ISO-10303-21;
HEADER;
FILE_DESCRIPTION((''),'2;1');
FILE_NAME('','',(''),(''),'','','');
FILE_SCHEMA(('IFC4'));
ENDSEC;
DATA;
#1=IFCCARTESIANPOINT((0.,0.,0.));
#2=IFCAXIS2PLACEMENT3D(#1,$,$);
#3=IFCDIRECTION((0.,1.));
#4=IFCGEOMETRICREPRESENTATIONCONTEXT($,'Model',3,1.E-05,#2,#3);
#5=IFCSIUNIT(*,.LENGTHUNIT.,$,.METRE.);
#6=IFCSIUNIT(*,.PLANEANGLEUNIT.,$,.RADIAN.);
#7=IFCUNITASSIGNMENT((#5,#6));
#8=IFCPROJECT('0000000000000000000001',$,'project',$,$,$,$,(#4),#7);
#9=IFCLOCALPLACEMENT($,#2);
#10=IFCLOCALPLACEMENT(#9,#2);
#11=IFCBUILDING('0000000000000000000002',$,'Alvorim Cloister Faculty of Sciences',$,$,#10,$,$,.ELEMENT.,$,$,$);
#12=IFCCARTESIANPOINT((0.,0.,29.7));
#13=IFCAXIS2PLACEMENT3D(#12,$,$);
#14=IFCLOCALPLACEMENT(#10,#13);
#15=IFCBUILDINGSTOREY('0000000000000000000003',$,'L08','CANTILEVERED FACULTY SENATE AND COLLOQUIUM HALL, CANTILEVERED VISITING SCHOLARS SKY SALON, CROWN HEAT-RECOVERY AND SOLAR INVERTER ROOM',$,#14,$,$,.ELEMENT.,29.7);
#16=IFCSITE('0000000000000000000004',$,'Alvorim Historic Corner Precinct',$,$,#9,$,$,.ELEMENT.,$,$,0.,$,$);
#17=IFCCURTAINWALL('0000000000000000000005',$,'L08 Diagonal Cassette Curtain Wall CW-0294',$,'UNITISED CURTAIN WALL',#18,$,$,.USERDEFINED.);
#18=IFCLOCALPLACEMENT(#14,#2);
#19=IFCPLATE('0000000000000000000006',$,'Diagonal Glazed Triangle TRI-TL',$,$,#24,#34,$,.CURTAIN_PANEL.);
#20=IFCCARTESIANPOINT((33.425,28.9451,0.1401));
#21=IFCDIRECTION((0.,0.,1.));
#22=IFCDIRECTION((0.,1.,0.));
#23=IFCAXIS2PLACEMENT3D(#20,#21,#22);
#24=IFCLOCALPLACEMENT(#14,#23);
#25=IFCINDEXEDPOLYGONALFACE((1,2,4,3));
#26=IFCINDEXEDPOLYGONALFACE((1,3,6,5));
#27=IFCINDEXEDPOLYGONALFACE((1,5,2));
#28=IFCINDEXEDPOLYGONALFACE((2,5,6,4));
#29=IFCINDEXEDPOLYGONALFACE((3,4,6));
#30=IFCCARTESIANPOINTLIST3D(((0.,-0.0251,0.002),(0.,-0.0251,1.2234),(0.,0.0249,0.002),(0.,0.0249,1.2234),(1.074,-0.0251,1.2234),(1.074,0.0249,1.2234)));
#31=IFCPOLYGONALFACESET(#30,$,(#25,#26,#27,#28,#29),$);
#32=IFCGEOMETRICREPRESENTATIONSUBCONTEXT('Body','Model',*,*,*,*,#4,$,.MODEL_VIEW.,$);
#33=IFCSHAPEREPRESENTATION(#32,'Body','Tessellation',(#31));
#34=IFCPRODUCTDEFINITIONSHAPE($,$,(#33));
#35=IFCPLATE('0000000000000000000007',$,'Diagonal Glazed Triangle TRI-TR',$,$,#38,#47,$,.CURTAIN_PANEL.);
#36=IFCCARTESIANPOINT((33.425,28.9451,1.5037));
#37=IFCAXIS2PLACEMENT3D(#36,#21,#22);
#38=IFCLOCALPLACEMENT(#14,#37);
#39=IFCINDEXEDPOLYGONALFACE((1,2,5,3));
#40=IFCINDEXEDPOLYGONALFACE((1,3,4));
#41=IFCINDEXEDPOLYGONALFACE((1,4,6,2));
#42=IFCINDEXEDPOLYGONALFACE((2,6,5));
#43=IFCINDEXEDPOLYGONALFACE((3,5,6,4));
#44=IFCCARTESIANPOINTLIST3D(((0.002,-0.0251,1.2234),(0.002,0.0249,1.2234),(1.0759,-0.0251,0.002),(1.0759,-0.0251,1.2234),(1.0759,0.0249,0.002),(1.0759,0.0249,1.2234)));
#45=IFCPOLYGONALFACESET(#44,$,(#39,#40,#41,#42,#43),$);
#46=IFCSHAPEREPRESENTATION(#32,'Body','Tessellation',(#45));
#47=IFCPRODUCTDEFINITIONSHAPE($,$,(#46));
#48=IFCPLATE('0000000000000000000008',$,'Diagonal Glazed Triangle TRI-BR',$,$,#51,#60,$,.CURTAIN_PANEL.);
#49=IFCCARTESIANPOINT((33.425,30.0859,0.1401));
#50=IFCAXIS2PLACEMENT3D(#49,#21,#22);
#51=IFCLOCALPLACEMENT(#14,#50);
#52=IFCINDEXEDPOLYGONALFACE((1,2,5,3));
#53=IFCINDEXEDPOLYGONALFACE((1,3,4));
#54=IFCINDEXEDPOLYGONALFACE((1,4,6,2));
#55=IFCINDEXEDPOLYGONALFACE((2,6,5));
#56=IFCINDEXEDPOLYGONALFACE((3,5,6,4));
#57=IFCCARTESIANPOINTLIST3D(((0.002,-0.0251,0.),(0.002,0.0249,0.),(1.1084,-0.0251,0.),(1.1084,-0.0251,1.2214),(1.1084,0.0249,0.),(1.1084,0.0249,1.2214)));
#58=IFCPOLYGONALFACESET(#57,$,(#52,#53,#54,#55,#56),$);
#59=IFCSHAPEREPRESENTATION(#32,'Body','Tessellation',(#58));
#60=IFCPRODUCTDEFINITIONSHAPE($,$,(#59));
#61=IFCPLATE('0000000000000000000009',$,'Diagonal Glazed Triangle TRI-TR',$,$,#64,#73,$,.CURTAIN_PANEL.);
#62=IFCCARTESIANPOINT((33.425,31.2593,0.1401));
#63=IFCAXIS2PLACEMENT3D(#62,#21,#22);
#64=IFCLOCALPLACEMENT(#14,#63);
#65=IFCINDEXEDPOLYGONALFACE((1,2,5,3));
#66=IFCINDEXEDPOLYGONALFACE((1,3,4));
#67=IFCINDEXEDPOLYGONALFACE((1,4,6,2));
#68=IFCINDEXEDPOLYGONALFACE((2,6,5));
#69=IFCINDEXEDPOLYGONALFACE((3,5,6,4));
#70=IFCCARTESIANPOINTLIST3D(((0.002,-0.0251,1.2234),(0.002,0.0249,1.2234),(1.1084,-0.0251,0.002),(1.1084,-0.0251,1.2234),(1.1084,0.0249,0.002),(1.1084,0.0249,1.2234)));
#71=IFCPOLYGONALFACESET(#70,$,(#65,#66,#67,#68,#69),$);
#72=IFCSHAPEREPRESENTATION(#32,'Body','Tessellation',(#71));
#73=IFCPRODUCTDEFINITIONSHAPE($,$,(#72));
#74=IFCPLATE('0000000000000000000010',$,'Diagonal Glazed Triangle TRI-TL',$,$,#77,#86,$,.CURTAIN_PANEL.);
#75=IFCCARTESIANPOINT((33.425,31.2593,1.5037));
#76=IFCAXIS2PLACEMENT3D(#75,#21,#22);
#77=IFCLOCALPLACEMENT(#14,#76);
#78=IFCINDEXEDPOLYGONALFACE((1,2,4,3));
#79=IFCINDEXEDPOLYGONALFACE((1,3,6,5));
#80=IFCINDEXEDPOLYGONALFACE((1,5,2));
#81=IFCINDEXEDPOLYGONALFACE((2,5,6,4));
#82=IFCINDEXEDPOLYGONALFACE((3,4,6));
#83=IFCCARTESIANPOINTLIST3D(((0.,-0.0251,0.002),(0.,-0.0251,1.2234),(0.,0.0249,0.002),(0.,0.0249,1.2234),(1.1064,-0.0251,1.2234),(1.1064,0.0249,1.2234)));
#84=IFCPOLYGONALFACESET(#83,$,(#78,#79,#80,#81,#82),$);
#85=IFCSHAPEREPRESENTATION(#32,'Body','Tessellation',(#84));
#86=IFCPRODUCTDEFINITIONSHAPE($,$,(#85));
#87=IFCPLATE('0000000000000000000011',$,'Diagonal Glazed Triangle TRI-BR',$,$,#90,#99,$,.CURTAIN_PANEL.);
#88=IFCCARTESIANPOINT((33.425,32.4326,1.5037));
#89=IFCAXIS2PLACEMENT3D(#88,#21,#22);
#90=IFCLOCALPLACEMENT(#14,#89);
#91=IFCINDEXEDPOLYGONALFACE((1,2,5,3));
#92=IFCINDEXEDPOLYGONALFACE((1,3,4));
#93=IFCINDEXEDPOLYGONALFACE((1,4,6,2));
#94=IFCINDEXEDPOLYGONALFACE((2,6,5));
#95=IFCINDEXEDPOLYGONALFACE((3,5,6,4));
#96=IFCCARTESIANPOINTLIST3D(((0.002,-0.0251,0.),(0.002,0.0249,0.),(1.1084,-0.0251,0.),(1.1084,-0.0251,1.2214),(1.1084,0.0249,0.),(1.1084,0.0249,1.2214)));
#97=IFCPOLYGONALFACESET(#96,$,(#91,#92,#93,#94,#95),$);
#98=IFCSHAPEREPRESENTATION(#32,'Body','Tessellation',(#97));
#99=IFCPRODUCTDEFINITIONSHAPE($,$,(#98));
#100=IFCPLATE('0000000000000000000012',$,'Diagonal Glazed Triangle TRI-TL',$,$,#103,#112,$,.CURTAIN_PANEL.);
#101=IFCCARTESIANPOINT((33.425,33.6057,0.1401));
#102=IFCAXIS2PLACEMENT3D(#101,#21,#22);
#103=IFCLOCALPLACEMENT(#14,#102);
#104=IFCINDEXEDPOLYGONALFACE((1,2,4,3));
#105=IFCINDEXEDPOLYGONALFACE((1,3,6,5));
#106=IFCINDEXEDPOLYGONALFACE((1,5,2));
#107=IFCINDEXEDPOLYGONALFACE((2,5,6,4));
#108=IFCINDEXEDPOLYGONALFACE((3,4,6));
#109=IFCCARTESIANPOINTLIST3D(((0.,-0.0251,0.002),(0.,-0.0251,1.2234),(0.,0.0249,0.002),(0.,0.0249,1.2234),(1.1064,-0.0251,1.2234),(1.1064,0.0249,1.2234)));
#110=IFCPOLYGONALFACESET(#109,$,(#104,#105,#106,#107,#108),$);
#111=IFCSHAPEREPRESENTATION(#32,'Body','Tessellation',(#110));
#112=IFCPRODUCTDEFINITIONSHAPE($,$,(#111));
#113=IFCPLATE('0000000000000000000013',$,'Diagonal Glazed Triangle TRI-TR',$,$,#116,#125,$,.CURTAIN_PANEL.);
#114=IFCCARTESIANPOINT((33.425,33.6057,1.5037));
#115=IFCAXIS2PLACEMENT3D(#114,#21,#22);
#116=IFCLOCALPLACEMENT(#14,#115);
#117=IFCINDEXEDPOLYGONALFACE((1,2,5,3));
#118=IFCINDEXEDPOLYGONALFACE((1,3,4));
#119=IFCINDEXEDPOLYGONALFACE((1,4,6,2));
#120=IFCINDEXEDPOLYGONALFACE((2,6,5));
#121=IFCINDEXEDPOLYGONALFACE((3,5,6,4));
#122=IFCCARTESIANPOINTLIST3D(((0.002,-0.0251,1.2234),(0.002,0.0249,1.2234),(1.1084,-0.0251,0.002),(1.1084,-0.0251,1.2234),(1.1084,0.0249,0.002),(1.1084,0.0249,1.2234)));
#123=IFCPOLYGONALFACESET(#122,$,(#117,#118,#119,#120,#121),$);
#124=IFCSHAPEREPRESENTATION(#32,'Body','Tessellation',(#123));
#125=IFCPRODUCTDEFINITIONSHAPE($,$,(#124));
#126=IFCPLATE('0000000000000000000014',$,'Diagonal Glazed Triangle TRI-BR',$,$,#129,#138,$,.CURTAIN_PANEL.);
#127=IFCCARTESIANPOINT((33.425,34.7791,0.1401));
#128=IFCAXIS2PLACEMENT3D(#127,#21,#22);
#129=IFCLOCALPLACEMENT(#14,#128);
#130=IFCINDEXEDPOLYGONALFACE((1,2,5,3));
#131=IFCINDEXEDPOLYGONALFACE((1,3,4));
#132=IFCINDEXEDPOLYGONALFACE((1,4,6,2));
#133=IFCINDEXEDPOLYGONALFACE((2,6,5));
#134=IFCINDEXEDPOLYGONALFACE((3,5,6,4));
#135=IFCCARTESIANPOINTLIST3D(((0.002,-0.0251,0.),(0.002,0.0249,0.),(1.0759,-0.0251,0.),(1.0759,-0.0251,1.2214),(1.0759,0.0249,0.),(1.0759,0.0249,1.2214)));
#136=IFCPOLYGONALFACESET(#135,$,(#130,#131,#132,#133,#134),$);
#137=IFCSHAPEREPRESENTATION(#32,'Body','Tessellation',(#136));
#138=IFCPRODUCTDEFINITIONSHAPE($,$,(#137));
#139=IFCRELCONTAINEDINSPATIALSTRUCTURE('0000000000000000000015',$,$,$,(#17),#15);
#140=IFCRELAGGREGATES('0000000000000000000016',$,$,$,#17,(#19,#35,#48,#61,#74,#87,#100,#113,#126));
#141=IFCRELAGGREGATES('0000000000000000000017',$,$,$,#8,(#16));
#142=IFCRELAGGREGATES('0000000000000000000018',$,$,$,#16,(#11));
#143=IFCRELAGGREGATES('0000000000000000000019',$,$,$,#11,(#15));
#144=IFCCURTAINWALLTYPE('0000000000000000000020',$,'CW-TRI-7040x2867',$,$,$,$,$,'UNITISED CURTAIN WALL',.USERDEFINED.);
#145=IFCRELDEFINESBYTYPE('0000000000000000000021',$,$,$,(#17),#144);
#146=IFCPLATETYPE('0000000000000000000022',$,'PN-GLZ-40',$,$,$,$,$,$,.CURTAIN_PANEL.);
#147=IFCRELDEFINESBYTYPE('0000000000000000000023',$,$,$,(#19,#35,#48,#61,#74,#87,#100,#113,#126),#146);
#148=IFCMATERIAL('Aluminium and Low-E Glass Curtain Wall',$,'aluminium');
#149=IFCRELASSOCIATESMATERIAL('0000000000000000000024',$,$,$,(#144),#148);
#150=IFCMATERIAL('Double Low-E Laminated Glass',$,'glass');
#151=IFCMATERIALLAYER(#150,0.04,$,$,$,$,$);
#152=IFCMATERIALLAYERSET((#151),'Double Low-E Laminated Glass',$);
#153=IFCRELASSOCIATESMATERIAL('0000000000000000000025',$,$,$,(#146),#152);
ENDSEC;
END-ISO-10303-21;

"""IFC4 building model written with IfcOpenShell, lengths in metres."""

from ifc_helpers import new_model, si_unit, direction, frame, origin, place, context, subcontext, project, spatial, polyline, outline, extrude, material, layer, layer_set, type_object, element, aggregate, save


model = new_model("IFC4")

# Units and contexts
model_context = context("Model", 3, precision=1e-05, world=origin(), true_north=direction((0.0, 1.0)))
body_context = subcontext(model_context, "Body", "Model", "MODEL_VIEW")
ifc_project = project(units=[si_unit("LENGTHUNIT", "METRE"), si_unit("PLANEANGLEUNIT", "RADIAN")], contexts=[model_context])

# Site, building, storey
site_placement = place(None, origin())
site = spatial("IfcSite", under=ifc_project, at=site_placement, Name="Alvorim Historic Corner Precinct", CompositionType="ELEMENT", RefElevation=0.0)
building_placement = place(site_placement, origin())
building = spatial("IfcBuilding", under=site, at=building_placement, Name="Alvorim Cloister Faculty of Sciences", CompositionType="ELEMENT")
storey_placement = place(building_placement, frame((0.0, 0.0, 29.7)))
storey = spatial("IfcBuildingStorey", under=building, at=storey_placement, Name="L08", Description="CANTILEVERED FACULTY SENATE AND COLLOQUIUM HALL, CANTILEVERED VISITING SCHOLARS SKY SALON, CROWN HEAT-RECOVERY AND SOLAR INVERTER ROOM", CompositionType="ELEMENT", Elevation=29.7)

# Curtain wall, plates
ifc_material_1 = material(Name="Aluminium and Low-E Glass Curtain Wall", Category="aluminium")
curtain_wall_type = type_object("IfcCurtainWallType", Name="CW-TRI-7040x2867", ElementType="UNITISED CURTAIN WALL", PredefinedType="USERDEFINED", material=ifc_material_1)
curtain_wall_placement = place(storey_placement, origin())
curtain_wall = element("IfcCurtainWall", 1, at=curtain_wall_placement, inside=storey, type_object=curtain_wall_type, Name="L08 Diagonal Cassette Curtain Wall CW-0294", ObjectType="UNITISED CURTAIN WALL", PredefinedType="USERDEFINED")
ifc_material_2 = material(Name="Double Low-E Laminated Glass", Category="glass")
ifc_layer_1 = layer(ifc_material_2, 0.04)
ifc_layer_set_1 = layer_set([ifc_layer_1], Name="Double Low-E Laminated Glass")
plate_type = type_object("IfcPlateType", Name="PN-GLZ-40", PredefinedType="CURTAIN_PANEL", material=ifc_layer_set_1)
plate_1_placement = place(storey_placement, frame((33.425, 28.9451, 0.1401), z_axis=(0.0, 0.0, 1.0), x_axis=(0.0, 1.0, 0.0)))
plate_1 = element("IfcPlate", 2, at=plate_1_placement, type_object=plate_type, Name="Diagonal Glazed Triangle TRI-TL", PredefinedType="CURTAIN_PANEL", context=body_context, shape_type="SweptSolid", body=[
    extrude(outline(polyline([(1.074, 1.2234), (0.0, 1.2234), (0.0, 0.002), (1.074, 1.2234)])), frame((0.0, 0.0249, 0.0), z_axis=(0.0, -1.0, 0.0), x_axis=(1.0, 0.0, 0.0)), (0.0, 0.0, 1.0), 0.05),
])
plate_2_placement = place(storey_placement, frame((33.425, 28.9451, 1.5037), z_axis=(0.0, 0.0, 1.0), x_axis=(0.0, 1.0, 0.0)))
plate_2 = element("IfcPlate", 3, at=plate_2_placement, type_object=plate_type, Name="Diagonal Glazed Triangle TRI-TR", PredefinedType="CURTAIN_PANEL", context=body_context, shape_type="SweptSolid", body=[
    extrude(outline(polyline([(1.0759, 0.002), (1.0759, 1.2234), (0.002, 1.2234), (1.0759, 0.002)])), frame((0.0, 0.0249, 0.0), z_axis=(0.0, -1.0, 0.0), x_axis=(1.0, 0.0, 0.0)), (0.0, 0.0, 1.0), 0.05),
])
plate_3_placement = place(storey_placement, frame((33.425, 30.0859, 0.1401), z_axis=(0.0, 0.0, 1.0), x_axis=(0.0, 1.0, 0.0)))
plate_3 = element("IfcPlate", 4, at=plate_3_placement, type_object=plate_type, Name="Diagonal Glazed Triangle TRI-BR", PredefinedType="CURTAIN_PANEL", context=body_context, shape_type="SweptSolid", body=[
    extrude(outline(polyline([(0.002, 0.0), (1.1084, 0.0), (1.1084, 1.2214), (0.002, 0.0)])), frame((0.0, 0.0249, 0.0), z_axis=(0.0, -1.0, 0.0), x_axis=(1.0, 0.0, 0.0)), (0.0, 0.0, 1.0), 0.05),
])
plate_4_placement = place(storey_placement, frame((33.425, 31.2593, 0.1401), z_axis=(0.0, 0.0, 1.0), x_axis=(0.0, 1.0, 0.0)))
plate_4 = element("IfcPlate", 5, at=plate_4_placement, type_object=plate_type, Name="Diagonal Glazed Triangle TRI-TR", PredefinedType="CURTAIN_PANEL", context=body_context, shape_type="SweptSolid", body=[
    extrude(outline(polyline([(1.1084, 0.002), (1.1084, 1.2234), (0.002, 1.2234), (1.1084, 0.002)])), frame((0.0, 0.0249, 0.0), z_axis=(0.0, -1.0, 0.0), x_axis=(1.0, 0.0, 0.0)), (0.0, 0.0, 1.0), 0.05),
])
plate_5_placement = place(storey_placement, frame((33.425, 31.2593, 1.5037), z_axis=(0.0, 0.0, 1.0), x_axis=(0.0, 1.0, 0.0)))
plate_5 = element("IfcPlate", 6, at=plate_5_placement, type_object=plate_type, Name="Diagonal Glazed Triangle TRI-TL", PredefinedType="CURTAIN_PANEL", context=body_context, shape_type="SweptSolid", body=[
    extrude(outline(polyline([(1.1064, 1.2234), (0.0, 1.2234), (0.0, 0.002), (1.1064, 1.2234)])), frame((0.0, 0.0249, 0.0), z_axis=(0.0, -1.0, 0.0), x_axis=(1.0, 0.0, 0.0)), (0.0, 0.0, 1.0), 0.05),
])
plate_6_placement = place(storey_placement, frame((33.425, 32.4326, 1.5037), z_axis=(0.0, 0.0, 1.0), x_axis=(0.0, 1.0, 0.0)))
plate_6 = element("IfcPlate", 7, at=plate_6_placement, type_object=plate_type, Name="Diagonal Glazed Triangle TRI-BR", PredefinedType="CURTAIN_PANEL", context=body_context, shape_type="SweptSolid", body=[
    extrude(outline(polyline([(0.002, 0.0), (1.1084, 0.0), (1.1084, 1.2214), (0.002, 0.0)])), frame((0.0, 0.0249, 0.0), z_axis=(0.0, -1.0, 0.0), x_axis=(1.0, 0.0, 0.0)), (0.0, 0.0, 1.0), 0.05),
])
plate_7_placement = place(storey_placement, frame((33.425, 33.6057, 0.1401), z_axis=(0.0, 0.0, 1.0), x_axis=(0.0, 1.0, 0.0)))
plate_7 = element("IfcPlate", 8, at=plate_7_placement, type_object=plate_type, Name="Diagonal Glazed Triangle TRI-TL", PredefinedType="CURTAIN_PANEL", context=body_context, shape_type="SweptSolid", body=[
    extrude(outline(polyline([(1.1064, 1.2234), (0.0, 1.2234), (0.0, 0.002), (1.1064, 1.2234)])), frame((0.0, 0.0249, 0.0), z_axis=(0.0, -1.0, 0.0), x_axis=(1.0, 0.0, 0.0)), (0.0, 0.0, 1.0), 0.05),
])
plate_8_placement = place(storey_placement, frame((33.425, 33.6057, 1.5037), z_axis=(0.0, 0.0, 1.0), x_axis=(0.0, 1.0, 0.0)))
plate_8 = element("IfcPlate", 9, at=plate_8_placement, type_object=plate_type, Name="Diagonal Glazed Triangle TRI-TR", PredefinedType="CURTAIN_PANEL", context=body_context, shape_type="SweptSolid", body=[
    extrude(outline(polyline([(1.1084, 0.002), (1.1084, 1.2234), (0.002, 1.2234), (1.1084, 0.002)])), frame((0.0, 0.0249, 0.0), z_axis=(0.0, -1.0, 0.0), x_axis=(1.0, 0.0, 0.0)), (0.0, 0.0, 1.0), 0.05),
])
plate_9_placement = place(storey_placement, frame((33.425, 34.7791, 0.1401), z_axis=(0.0, 0.0, 1.0), x_axis=(0.0, 1.0, 0.0)))
plate_9 = element("IfcPlate", 10, at=plate_9_placement, type_object=plate_type, Name="Diagonal Glazed Triangle TRI-BR", PredefinedType="CURTAIN_PANEL", context=body_context, shape_type="SweptSolid", body=[
    extrude(outline(polyline([(0.002, 0.0), (1.0759, 0.0), (1.0759, 1.2214), (0.002, 0.0)])), frame((0.0, 0.0249, 0.0), z_axis=(0.0, -1.0, 0.0), x_axis=(1.0, 0.0, 0.0)), (0.0, 0.0, 1.0), 0.05),
])
aggregate(curtain_wall, [plate_1, plate_2, plate_3, plate_4, plate_5, plate_6, plate_7, plate_8, plate_9])

save(model, "model.ifc")
